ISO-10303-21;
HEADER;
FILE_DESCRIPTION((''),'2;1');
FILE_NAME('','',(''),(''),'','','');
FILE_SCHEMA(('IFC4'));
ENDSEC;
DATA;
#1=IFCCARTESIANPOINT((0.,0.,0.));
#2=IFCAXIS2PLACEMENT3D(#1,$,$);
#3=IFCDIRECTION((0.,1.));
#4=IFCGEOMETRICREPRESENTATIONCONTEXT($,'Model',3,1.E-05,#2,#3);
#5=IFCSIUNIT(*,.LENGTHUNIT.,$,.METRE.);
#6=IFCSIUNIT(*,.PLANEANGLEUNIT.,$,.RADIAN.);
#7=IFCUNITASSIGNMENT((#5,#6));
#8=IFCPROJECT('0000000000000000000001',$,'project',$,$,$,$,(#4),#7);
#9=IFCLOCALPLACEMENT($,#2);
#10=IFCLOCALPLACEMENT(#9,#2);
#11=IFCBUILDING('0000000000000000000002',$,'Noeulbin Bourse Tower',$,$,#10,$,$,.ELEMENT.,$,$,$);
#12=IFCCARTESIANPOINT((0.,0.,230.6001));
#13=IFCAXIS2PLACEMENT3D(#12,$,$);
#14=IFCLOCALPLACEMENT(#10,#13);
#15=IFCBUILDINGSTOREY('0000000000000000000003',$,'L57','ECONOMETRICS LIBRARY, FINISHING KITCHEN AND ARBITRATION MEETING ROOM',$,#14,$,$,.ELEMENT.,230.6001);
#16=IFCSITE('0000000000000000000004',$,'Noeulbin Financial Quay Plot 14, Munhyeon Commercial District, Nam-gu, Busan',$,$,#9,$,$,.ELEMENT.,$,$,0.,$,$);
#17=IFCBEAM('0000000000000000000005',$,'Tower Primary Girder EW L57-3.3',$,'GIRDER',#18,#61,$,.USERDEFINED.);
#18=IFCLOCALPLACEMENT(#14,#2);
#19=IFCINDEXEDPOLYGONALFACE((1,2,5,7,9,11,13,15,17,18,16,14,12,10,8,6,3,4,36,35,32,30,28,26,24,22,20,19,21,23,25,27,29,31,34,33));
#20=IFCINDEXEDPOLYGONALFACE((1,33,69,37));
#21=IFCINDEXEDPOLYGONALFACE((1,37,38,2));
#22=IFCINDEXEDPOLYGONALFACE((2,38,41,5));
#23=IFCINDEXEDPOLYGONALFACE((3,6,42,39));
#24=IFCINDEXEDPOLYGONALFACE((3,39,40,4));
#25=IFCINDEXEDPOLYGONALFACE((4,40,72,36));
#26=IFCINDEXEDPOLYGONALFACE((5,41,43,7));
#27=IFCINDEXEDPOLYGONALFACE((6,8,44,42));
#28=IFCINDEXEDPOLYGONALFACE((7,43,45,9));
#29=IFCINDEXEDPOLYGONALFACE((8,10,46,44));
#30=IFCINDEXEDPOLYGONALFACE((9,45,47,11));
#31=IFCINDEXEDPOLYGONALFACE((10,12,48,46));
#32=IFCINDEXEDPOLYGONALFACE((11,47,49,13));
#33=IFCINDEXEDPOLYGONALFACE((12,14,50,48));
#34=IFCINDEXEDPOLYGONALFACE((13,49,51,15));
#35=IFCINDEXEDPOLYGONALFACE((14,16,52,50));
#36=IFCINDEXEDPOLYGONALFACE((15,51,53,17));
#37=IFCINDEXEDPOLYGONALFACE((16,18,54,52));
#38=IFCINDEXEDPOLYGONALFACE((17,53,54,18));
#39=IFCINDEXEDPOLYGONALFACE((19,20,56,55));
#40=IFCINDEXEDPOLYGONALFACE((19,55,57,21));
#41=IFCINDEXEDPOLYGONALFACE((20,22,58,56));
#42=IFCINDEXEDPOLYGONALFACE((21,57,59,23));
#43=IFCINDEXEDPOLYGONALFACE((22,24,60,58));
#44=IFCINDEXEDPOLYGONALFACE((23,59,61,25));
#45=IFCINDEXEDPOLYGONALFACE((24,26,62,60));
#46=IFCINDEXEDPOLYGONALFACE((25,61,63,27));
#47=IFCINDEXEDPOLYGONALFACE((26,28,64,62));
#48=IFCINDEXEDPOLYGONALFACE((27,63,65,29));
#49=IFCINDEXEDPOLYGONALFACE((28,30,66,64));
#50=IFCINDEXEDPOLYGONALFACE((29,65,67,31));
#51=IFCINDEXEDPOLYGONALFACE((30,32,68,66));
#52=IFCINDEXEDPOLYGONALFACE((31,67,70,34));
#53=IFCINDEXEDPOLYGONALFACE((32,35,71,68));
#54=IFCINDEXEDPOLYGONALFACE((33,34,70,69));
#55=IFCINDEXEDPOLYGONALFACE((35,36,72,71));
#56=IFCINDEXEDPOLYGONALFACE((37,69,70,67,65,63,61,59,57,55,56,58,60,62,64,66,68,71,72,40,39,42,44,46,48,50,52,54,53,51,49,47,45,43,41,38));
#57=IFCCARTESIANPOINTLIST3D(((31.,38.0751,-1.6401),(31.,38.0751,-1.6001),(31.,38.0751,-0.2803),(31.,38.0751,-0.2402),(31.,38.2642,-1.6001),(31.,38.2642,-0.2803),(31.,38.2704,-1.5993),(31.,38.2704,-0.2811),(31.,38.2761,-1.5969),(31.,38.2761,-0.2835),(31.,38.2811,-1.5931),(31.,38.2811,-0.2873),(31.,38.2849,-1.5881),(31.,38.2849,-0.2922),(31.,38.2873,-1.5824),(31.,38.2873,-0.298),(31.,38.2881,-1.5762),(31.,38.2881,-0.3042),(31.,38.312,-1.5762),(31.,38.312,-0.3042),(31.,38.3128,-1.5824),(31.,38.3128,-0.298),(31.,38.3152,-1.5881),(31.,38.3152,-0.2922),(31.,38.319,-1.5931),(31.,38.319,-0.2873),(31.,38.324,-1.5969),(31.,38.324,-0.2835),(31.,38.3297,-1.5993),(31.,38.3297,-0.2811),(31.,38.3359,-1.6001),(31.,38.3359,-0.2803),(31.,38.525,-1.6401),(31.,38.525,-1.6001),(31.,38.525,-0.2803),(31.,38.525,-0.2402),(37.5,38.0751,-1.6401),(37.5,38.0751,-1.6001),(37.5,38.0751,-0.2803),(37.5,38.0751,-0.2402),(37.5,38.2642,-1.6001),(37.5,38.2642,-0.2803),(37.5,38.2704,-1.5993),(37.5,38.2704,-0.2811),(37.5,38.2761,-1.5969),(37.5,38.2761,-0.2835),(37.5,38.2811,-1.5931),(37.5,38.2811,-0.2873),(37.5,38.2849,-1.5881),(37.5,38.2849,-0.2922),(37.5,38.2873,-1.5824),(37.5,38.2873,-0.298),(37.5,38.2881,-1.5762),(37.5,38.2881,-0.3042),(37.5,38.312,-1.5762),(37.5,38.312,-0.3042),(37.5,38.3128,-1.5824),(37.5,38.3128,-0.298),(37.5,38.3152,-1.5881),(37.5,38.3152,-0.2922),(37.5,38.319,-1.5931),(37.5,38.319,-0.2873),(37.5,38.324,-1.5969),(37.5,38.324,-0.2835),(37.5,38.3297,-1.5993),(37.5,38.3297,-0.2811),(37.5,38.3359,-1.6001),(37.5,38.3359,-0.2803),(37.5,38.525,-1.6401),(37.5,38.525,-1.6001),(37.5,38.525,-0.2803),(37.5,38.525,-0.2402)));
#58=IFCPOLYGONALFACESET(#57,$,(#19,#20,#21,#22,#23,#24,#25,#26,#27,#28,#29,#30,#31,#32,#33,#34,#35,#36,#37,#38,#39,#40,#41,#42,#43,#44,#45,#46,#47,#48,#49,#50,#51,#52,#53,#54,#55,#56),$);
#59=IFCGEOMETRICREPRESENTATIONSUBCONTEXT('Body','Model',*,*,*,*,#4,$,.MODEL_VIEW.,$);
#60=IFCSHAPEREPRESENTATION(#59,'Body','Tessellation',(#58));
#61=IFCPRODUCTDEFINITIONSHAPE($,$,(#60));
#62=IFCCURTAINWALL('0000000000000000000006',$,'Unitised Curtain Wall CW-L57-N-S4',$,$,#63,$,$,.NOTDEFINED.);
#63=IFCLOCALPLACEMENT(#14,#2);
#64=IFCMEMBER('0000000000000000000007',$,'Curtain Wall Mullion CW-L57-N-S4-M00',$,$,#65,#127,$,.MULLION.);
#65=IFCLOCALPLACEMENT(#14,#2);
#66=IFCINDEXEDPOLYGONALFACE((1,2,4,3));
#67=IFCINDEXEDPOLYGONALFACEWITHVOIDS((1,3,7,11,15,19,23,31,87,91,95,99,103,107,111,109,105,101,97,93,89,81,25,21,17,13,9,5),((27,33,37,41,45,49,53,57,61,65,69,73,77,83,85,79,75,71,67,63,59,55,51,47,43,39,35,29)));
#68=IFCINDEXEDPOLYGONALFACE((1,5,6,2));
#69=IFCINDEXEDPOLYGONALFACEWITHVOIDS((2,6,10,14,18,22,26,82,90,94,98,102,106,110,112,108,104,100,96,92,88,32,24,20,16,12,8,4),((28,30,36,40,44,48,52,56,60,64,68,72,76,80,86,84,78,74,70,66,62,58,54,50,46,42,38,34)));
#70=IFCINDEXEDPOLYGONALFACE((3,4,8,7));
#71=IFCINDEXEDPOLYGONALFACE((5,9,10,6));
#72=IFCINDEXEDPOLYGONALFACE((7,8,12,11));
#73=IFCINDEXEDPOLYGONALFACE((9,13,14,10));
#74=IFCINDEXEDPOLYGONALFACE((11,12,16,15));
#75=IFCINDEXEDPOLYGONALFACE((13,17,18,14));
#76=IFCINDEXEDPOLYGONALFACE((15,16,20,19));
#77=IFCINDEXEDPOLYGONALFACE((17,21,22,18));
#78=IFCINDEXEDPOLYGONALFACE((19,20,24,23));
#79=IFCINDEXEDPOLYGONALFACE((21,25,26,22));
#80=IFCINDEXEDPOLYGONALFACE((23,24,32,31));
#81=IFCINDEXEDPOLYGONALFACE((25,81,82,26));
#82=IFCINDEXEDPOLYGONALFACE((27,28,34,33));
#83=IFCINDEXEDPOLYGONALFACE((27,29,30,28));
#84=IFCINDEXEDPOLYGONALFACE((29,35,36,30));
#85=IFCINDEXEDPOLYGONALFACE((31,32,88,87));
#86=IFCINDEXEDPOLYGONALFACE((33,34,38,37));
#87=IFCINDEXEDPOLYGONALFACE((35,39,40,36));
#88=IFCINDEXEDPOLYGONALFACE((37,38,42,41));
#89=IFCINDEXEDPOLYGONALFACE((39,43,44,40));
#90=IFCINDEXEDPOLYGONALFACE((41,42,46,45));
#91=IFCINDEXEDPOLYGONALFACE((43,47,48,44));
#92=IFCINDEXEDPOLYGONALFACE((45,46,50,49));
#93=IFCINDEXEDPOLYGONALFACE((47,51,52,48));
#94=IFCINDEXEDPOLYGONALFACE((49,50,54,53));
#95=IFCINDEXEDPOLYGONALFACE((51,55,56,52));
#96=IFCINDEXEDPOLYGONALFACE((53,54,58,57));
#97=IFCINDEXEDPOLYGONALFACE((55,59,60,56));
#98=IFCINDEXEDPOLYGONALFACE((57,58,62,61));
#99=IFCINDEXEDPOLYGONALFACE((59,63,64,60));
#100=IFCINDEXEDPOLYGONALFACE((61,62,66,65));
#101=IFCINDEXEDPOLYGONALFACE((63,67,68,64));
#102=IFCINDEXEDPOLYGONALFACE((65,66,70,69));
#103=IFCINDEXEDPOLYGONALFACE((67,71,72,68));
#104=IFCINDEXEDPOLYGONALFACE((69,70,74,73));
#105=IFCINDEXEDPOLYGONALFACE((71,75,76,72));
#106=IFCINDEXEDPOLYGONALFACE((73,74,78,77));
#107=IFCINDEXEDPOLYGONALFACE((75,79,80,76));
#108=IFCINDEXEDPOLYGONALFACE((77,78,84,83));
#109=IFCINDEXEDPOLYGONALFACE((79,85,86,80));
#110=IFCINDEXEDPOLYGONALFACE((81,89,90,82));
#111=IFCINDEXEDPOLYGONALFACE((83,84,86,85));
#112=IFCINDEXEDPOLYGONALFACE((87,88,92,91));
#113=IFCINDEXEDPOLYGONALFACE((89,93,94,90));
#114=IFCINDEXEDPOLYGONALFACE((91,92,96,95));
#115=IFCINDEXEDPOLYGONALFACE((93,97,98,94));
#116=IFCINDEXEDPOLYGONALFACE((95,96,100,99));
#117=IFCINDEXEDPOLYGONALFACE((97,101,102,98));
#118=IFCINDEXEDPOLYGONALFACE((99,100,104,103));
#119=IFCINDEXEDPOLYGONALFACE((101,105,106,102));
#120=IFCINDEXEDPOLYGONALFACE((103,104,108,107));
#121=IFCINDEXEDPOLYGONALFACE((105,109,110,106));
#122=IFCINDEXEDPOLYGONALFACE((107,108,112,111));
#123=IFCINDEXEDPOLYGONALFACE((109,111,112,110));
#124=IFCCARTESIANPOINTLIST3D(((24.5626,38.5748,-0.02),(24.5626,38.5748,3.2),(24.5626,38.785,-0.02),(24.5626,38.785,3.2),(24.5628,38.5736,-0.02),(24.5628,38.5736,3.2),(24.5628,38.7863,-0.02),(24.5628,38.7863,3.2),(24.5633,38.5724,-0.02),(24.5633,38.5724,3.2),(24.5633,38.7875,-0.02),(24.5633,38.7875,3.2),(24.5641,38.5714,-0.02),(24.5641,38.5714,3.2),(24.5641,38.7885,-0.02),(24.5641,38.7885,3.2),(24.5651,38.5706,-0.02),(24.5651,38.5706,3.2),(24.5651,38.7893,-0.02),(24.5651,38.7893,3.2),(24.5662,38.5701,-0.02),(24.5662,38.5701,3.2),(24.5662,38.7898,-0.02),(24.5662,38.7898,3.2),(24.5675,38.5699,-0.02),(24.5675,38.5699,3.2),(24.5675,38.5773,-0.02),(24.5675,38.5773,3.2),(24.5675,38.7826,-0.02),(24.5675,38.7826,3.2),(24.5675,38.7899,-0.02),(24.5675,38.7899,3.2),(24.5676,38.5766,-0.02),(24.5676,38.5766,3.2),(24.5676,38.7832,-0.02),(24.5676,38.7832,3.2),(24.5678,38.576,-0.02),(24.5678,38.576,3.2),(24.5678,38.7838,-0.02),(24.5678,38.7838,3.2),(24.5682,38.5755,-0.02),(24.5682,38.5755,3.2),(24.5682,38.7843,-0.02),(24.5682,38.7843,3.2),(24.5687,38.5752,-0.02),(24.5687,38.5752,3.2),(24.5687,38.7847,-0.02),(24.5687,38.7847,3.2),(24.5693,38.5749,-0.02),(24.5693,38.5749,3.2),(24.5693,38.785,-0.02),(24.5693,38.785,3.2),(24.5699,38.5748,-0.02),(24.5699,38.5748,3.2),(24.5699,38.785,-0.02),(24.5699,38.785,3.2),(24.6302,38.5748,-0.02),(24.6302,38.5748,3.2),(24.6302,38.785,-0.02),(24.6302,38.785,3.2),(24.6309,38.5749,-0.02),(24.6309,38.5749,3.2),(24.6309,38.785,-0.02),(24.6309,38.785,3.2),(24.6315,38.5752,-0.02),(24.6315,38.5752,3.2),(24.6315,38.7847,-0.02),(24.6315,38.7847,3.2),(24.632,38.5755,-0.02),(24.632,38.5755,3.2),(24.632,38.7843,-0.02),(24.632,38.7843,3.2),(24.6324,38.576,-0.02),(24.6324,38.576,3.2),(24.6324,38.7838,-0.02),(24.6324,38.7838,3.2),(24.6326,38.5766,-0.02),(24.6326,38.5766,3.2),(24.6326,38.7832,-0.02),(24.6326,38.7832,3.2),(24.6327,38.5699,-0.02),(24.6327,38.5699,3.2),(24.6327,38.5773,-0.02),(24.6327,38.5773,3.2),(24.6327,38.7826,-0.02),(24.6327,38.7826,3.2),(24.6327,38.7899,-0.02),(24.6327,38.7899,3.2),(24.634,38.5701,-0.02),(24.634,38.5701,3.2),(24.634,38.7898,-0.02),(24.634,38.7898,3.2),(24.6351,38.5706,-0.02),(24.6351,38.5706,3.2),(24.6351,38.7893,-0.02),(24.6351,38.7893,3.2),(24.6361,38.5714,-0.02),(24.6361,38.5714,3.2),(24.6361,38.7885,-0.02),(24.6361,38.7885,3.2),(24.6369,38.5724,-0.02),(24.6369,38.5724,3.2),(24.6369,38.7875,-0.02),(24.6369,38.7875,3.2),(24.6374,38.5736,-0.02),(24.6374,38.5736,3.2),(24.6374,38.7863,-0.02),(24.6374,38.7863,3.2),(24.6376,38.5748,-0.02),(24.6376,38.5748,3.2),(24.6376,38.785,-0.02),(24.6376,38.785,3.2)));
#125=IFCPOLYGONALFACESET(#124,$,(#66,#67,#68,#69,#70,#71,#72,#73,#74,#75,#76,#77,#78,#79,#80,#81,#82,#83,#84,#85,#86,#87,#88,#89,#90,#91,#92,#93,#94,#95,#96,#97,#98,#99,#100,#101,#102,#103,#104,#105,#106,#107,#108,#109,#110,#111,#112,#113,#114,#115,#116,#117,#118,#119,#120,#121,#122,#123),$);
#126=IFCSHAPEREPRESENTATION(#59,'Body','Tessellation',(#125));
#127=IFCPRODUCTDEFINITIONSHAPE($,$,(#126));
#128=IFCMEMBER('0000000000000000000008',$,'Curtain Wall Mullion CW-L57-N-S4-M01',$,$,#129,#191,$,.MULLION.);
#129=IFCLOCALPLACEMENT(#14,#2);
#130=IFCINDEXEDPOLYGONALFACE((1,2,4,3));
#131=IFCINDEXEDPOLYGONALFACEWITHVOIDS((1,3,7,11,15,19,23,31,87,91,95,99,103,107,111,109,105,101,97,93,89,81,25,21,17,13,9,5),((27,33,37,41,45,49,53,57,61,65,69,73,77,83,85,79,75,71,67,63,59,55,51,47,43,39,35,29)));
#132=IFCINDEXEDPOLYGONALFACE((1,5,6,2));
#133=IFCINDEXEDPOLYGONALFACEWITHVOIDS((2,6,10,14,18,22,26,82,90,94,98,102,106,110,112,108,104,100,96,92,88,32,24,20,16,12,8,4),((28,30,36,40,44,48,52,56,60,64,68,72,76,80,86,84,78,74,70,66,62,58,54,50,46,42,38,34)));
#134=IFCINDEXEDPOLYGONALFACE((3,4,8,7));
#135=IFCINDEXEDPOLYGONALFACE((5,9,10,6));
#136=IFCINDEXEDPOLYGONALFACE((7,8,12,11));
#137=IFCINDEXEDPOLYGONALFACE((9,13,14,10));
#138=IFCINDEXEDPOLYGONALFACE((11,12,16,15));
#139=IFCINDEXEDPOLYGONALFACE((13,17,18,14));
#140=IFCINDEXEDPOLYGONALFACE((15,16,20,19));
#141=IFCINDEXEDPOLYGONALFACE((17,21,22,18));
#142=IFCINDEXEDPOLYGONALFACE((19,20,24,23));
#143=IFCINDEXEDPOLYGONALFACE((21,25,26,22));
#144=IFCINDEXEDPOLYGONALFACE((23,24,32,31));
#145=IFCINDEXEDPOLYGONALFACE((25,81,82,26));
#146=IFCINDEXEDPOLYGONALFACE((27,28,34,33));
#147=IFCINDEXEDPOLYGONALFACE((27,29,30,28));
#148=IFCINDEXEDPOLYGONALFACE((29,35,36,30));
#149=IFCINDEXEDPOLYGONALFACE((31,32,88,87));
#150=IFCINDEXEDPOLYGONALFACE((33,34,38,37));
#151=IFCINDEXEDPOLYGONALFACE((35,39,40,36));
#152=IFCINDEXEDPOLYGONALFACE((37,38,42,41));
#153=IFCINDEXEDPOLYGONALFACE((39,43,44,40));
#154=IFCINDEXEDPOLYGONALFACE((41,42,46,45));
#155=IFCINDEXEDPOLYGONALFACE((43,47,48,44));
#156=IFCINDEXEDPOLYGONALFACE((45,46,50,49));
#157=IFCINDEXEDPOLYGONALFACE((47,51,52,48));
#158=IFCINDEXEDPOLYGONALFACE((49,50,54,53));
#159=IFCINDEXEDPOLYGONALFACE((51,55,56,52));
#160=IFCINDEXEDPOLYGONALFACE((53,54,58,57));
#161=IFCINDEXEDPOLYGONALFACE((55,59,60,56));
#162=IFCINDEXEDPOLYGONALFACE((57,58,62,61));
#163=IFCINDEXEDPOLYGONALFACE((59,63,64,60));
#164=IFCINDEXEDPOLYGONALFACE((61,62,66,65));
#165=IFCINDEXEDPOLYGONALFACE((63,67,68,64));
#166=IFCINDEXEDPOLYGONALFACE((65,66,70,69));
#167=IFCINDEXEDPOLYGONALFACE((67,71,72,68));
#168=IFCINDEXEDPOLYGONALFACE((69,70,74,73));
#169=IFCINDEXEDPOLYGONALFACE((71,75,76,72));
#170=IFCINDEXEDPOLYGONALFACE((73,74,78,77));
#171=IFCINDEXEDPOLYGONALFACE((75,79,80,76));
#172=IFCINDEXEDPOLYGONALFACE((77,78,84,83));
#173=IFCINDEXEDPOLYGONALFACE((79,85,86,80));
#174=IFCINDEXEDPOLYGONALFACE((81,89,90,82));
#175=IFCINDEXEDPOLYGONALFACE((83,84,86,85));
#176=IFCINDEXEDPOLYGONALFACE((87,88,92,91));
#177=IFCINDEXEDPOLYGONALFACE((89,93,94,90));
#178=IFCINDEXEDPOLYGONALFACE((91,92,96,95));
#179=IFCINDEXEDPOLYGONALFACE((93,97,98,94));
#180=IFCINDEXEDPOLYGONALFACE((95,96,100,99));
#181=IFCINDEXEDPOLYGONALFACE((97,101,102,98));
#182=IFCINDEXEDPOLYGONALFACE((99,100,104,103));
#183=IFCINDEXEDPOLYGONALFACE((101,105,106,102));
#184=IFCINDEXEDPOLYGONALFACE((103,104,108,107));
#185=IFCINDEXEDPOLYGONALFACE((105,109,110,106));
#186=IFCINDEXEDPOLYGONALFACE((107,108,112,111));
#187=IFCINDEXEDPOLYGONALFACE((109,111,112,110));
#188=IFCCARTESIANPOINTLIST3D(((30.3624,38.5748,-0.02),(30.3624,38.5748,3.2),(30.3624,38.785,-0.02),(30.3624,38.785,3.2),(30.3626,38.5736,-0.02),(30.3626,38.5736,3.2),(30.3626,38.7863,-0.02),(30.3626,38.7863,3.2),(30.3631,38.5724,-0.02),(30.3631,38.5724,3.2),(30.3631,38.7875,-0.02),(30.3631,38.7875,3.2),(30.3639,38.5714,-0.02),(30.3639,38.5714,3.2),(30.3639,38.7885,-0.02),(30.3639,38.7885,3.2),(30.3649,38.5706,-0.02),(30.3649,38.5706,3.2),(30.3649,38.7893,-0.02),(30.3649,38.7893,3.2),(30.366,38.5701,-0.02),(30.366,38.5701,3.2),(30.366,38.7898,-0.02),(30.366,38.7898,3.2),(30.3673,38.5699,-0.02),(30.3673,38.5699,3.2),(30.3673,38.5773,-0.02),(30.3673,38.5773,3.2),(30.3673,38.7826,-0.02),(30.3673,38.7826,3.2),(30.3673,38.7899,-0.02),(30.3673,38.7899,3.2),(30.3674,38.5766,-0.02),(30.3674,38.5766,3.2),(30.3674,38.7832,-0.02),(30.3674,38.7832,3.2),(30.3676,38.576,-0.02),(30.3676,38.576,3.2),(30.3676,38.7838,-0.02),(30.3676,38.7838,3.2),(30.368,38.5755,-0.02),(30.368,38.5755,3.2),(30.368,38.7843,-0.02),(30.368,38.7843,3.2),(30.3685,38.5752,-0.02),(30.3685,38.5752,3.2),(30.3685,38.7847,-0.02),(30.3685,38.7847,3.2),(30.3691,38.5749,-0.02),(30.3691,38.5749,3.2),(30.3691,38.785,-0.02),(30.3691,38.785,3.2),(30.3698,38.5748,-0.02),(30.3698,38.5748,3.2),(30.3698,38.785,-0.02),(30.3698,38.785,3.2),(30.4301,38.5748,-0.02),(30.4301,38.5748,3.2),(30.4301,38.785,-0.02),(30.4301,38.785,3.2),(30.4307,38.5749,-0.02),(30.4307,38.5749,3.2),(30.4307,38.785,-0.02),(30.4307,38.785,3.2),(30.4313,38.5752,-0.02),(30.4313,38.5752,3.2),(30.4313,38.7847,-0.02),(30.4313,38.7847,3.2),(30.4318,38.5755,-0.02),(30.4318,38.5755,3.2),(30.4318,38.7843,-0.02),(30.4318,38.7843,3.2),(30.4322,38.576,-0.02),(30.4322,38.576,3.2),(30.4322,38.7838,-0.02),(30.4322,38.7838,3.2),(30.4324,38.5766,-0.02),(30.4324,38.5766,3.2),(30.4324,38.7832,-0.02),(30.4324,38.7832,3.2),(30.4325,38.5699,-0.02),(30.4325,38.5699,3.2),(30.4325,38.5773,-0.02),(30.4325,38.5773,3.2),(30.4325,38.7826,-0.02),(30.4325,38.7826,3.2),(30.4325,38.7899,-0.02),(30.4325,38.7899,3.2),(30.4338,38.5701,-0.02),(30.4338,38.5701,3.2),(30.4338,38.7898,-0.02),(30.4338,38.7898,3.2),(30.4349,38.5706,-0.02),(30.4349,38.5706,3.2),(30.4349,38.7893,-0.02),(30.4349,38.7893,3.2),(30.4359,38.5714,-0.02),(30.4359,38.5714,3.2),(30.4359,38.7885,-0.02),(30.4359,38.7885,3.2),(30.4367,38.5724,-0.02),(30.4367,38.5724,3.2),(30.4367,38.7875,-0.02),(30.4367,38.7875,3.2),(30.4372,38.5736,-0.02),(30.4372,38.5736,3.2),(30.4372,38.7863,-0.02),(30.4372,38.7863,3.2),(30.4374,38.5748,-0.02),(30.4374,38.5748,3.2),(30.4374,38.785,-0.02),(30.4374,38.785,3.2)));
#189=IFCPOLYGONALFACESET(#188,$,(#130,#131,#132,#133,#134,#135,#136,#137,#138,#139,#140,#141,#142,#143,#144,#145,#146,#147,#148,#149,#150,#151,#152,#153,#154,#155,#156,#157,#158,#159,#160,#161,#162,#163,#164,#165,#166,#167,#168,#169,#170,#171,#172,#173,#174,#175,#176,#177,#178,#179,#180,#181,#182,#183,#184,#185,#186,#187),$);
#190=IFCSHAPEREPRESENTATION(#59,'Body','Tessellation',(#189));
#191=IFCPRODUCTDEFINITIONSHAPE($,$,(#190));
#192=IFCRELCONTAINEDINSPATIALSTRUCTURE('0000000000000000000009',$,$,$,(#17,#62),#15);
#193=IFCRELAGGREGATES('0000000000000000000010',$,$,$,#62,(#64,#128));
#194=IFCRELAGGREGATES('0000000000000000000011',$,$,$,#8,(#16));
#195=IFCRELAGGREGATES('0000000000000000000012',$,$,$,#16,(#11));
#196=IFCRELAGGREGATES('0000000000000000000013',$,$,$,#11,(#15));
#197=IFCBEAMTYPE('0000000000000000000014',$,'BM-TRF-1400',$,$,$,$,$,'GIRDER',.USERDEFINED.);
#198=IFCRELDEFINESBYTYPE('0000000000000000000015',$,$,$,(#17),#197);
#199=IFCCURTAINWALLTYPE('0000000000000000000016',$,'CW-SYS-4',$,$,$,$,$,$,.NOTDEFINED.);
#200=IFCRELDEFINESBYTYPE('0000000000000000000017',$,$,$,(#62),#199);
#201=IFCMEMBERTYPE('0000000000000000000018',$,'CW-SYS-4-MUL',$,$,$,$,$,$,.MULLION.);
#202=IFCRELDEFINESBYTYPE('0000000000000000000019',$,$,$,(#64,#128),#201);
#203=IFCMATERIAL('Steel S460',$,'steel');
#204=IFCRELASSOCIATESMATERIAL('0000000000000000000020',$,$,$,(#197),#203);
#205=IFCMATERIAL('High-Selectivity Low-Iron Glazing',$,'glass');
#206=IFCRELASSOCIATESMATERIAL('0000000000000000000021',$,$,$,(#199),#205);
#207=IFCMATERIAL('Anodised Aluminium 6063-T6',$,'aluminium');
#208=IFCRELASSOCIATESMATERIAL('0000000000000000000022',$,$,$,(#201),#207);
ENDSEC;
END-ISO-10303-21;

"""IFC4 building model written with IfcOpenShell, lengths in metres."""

from ifc_helpers import new_model, si_unit, direction, frame, origin, origin_2d, place, context, subcontext, project, spatial, hollow_rectangle, i_section, extrude, material, material_profile, profile_set, type_object, element, aggregate, save


model = new_model("IFC4")

# Units and contexts
model_context = context("Model", 3, precision=1e-05, world=origin(), true_north=direction((0.0, 1.0)))
body_context = subcontext(model_context, "Body", "Model", "MODEL_VIEW")
ifc_project = project(units=[si_unit("LENGTHUNIT", "METRE"), si_unit("PLANEANGLEUNIT", "RADIAN")], contexts=[model_context])

# Site, building, storey
site_placement = place(None, origin())
site = spatial("IfcSite", under=ifc_project, at=site_placement, Name="Noeulbin Financial Quay Plot 14, Munhyeon Commercial District, Nam-gu, Busan", CompositionType="ELEMENT", RefElevation=0.0)
building_placement = place(site_placement, origin())
building = spatial("IfcBuilding", under=site, at=building_placement, Name="Noeulbin Bourse Tower", CompositionType="ELEMENT")
storey_placement = place(building_placement, frame((0.0, 0.0, 230.6001)))
storey = spatial("IfcBuildingStorey", under=building, at=storey_placement, Name="L57", Description="ECONOMETRICS LIBRARY, FINISHING KITCHEN AND ARBITRATION MEETING ROOM", CompositionType="ELEMENT", Elevation=230.6001)

# Beam
ifc_material_1 = material(Name="Steel S460", Category="steel")
ifc_material_profile_1 = material_profile(ifc_material_1, i_section(OverallWidth=0.45, OverallDepth=1.3999, WebThickness=0.0239, FlangeThickness=0.04, FilletRadius=0.0239, at=origin_2d()), Name="PG-1400x450x24x40", Category="LoadBearing")
ifc_profile_set_1 = profile_set([ifc_material_profile_1], Name="Steel S460")
beam_type = type_object("IfcBeamType", Name="BM-TRF-1400", ElementType="GIRDER", PredefinedType="USERDEFINED", material=ifc_profile_set_1)
beam_1_placement = place(storey_placement, frame((31.0, 38.3, -0.9402), z_axis=(1.0, 0.0, 0.0), x_axis=(0.0, 1.0, 0.0)))
element("IfcBeam", 1, at=beam_1_placement, inside=storey, type_object=beam_type, Name="Tower Primary Girder EW L57-3.3", ObjectType="GIRDER", PredefinedType="USERDEFINED", context=body_context, shape_type="SweptSolid", body=[
    extrude(i_section(OverallWidth=0.45, OverallDepth=1.3999, WebThickness=0.0239, FlangeThickness=0.04, FilletRadius=0.0239, at=origin_2d()), origin(), (0.0, 0.0, 1.0), 6.5),
])

# Curtain wall, members
ifc_material_2 = material(Name="High-Selectivity Low-Iron Glazing", Category="glass")
curtain_wall_type = type_object("IfcCurtainWallType", Name="CW-SYS-4", PredefinedType="NOTDEFINED", material=ifc_material_2)
curtain_wall_1_placement = place(storey_placement, origin())
curtain_wall_1 = element("IfcCurtainWall", 2, at=curtain_wall_1_placement, inside=storey, type_object=curtain_wall_type, Name="Unitised Curtain Wall CW-L57-N-S4", PredefinedType="NOTDEFINED")
ifc_material_3 = material(Name="Anodised Aluminium 6063-T6", Category="aluminium")
ifc_material_profile_2 = material_profile(ifc_material_3, hollow_rectangle(XDim=0.075, YDim=0.22, WallThickness=0.0049, InnerFilletRadius=0.0024, OuterFilletRadius=0.0049, at=origin_2d()), Name="ALU-MULL-75x220x5", Category="LoadBearing")
ifc_profile_set_2 = profile_set([ifc_material_profile_2], Name="Anodised Aluminium 6063-T6")
member_type_1 = type_object("IfcMemberType", Name="CW-SYS-4-MUL", PredefinedType="MULLION", material=ifc_profile_set_2)
member_1_placement = place(storey_placement, frame((24.6001, 38.6799, -0.02), z_axis=(0.0, 0.0, 1.0), x_axis=(1.0, 0.0, 0.0)))
member_1 = element("IfcMember", 3, at=member_1_placement, type_object=member_type_1, Name="Curtain Wall Mullion CW-L57-N-S4-M00", PredefinedType="MULLION", context=body_context, shape_type="SweptSolid", body=[
    extrude(hollow_rectangle(XDim=0.075, YDim=0.22, WallThickness=0.0049, InnerFilletRadius=0.0024, OuterFilletRadius=0.0049, at=origin_2d()), origin(), (0.0, 0.0, 1.0), 3.22),
])
member_2_placement = place(storey_placement, frame((30.3999, 38.6799, -0.02), z_axis=(0.0, 0.0, 1.0), x_axis=(1.0, 0.0, 0.0)))
member_2 = element("IfcMember", 4, at=member_2_placement, type_object=member_type_1, Name="Curtain Wall Mullion CW-L57-N-S4-M01", PredefinedType="MULLION", context=body_context, shape_type="SweptSolid", body=[
    extrude(hollow_rectangle(XDim=0.075, YDim=0.22, WallThickness=0.0049, InnerFilletRadius=0.0024, OuterFilletRadius=0.0049, at=origin_2d()), origin(), (0.0, 0.0, 1.0), 3.22),
])

aggregate(curtain_wall_1, [member_1, member_2])

save(model, "model.ifc")
